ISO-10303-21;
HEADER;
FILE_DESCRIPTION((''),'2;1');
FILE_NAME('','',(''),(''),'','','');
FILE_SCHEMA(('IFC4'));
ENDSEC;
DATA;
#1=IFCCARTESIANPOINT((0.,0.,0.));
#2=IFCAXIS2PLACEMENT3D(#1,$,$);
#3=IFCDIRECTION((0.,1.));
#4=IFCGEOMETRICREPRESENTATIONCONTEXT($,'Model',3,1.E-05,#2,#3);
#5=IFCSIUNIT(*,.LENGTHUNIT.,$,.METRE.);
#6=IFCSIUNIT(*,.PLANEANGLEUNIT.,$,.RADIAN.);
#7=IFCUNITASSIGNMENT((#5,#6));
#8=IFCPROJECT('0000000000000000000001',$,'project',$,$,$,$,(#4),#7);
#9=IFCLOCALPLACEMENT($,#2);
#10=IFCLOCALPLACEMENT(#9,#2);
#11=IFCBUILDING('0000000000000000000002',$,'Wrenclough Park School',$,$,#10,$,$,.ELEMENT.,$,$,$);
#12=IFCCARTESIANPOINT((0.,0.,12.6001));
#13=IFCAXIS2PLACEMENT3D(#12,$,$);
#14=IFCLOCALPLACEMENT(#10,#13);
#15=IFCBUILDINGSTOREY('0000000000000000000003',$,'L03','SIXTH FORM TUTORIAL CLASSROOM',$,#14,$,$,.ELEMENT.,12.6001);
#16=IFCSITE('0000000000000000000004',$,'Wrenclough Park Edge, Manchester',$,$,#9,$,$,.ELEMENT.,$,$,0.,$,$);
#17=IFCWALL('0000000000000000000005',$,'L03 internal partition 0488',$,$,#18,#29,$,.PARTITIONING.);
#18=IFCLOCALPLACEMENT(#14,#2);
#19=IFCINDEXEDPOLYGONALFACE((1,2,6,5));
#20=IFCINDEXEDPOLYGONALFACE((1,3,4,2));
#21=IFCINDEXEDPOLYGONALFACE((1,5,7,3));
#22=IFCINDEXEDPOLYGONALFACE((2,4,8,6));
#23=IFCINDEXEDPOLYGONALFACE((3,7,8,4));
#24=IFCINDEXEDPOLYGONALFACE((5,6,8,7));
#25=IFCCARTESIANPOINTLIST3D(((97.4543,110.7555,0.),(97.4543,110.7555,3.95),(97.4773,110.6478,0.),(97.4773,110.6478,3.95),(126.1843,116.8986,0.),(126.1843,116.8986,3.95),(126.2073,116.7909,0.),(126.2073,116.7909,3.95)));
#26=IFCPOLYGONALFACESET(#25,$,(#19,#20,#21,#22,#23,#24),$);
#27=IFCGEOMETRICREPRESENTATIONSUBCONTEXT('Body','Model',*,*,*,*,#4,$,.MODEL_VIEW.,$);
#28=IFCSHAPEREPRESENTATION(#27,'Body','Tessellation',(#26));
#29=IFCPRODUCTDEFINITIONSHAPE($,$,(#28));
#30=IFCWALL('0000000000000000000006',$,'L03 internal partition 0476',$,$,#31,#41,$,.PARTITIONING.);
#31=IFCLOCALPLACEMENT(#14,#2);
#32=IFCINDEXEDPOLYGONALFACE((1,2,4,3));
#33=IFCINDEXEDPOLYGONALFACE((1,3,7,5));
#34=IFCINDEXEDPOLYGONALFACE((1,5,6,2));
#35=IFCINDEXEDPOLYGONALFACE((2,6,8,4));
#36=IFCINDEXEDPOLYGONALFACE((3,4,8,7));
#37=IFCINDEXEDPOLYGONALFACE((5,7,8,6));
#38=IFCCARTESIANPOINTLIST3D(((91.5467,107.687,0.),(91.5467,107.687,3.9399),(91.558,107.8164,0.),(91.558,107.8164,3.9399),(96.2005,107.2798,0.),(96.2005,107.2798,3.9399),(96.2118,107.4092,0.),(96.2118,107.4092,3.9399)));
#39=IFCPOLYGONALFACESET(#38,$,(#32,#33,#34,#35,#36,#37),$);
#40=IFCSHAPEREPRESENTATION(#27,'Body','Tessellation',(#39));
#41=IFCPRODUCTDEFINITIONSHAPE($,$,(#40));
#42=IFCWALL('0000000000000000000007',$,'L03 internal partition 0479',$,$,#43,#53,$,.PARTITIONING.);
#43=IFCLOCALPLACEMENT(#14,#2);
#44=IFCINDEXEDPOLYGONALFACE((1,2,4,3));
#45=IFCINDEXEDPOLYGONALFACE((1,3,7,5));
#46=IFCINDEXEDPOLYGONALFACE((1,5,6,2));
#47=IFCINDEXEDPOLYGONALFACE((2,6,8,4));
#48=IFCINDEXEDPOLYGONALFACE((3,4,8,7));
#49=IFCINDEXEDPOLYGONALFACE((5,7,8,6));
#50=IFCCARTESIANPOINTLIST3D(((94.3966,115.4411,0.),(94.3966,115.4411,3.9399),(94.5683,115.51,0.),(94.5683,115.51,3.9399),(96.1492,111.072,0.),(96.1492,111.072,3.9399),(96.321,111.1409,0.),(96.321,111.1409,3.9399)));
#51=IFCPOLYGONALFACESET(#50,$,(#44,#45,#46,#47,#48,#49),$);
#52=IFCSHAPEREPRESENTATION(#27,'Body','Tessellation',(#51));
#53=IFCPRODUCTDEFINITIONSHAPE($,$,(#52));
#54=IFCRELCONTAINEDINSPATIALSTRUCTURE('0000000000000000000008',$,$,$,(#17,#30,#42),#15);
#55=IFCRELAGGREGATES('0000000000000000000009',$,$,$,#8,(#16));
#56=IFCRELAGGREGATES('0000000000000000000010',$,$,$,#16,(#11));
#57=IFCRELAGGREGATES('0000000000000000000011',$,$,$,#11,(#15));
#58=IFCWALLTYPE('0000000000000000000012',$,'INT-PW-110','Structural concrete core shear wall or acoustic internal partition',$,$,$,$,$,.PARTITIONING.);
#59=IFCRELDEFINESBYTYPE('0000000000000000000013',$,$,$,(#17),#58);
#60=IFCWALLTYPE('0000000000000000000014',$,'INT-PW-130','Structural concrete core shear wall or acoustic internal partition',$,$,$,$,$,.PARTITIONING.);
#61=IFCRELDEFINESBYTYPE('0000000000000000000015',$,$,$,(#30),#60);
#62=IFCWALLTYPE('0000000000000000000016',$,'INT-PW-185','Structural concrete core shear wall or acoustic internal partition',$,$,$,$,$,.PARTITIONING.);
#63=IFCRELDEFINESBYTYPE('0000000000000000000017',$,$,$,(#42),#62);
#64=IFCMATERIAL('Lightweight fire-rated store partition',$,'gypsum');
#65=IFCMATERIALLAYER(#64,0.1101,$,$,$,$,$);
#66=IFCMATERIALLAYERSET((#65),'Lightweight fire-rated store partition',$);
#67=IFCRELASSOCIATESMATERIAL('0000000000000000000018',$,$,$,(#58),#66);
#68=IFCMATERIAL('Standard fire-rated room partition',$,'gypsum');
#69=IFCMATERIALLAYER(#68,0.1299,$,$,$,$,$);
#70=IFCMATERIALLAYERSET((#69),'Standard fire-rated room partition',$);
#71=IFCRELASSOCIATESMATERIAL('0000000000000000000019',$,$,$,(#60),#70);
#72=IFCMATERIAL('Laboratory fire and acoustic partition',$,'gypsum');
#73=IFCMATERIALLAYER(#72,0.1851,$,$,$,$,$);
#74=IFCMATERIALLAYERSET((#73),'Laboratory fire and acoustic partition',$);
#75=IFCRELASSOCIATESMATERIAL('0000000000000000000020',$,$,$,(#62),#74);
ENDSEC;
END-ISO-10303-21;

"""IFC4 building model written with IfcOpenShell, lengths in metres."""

from ifc_helpers import new_model, si_unit, direction, frame, frame_2d, origin, place, context, subcontext, project, spatial, rectangle, extrude, material, layer, layer_set, type_object, element, save


model = new_model("IFC4")

# Units and contexts
model_context = context("Model", 3, precision=1e-05, world=origin(), true_north=direction((0.0, 1.0)))
body_context = subcontext(model_context, "Body", "Model", "MODEL_VIEW")
ifc_project = project(units=[si_unit("LENGTHUNIT", "METRE"), si_unit("PLANEANGLEUNIT", "RADIAN")], contexts=[model_context])

# Site, building, storey
site_placement = place(None, origin())
site = spatial("IfcSite", under=ifc_project, at=site_placement, Name="Wrenclough Park Edge, Manchester", CompositionType="ELEMENT", RefElevation=0.0)
building_placement = place(site_placement, origin())
building = spatial("IfcBuilding", under=site, at=building_placement, Name="Wrenclough Park School", CompositionType="ELEMENT")
storey_placement = place(building_placement, frame((0.0, 0.0, 12.6001)))
storey = spatial("IfcBuildingStorey", under=building, at=storey_placement, Name="L03", Description="SIXTH FORM TUTORIAL CLASSROOM", CompositionType="ELEMENT", Elevation=12.6001)

# Walls
ifc_material_1 = material(Name="Lightweight fire-rated store partition", Category="gypsum")
ifc_layer_1 = layer(ifc_material_1, 0.1101)
ifc_layer_set_1 = layer_set([ifc_layer_1], Name="Lightweight fire-rated store partition")
wall_type_1 = type_object("IfcWallType", Name="INT-PW-110", Description="Structural concrete core shear wall or acoustic internal partition", PredefinedType="PARTITIONING", material=ifc_layer_set_1)
wall_1_placement = place(storey_placement, frame((97.4658, 110.7017, 0.0), z_axis=(0.0, 0.0, 1.0), x_axis=(0.977895, 0.209094, 0.0)))
element("IfcWall", 1, at=wall_1_placement, inside=storey, type_object=wall_type_1, Name="L03 internal partition 0488", PredefinedType="PARTITIONING", context=body_context, shape_type="SweptSolid", body=[
    extrude(rectangle(XDim=29.3794, YDim=0.1101, at=frame_2d((14.6897, 0.0))), origin(), (0.0, 0.0, 1.0), 3.95),
])
ifc_material_2 = material(Name="Standard fire-rated room partition", Category="gypsum")
ifc_layer_2 = layer(ifc_material_2, 0.1299)
ifc_layer_set_2 = layer_set([ifc_layer_2], Name="Standard fire-rated room partition")
wall_type_2 = type_object("IfcWallType", Name="INT-PW-130", Description="Structural concrete core shear wall or acoustic internal partition", PredefinedType="PARTITIONING", material=ifc_layer_set_2)
wall_2_placement = place(storey_placement, frame((96.2063, 107.3445, 0.0), z_axis=(0.0, 0.0, 1.0), x_axis=(-0.996193, 0.087171, 0.0)))
element("IfcWall", 2, at=wall_2_placement, inside=storey, type_object=wall_type_2, Name="L03 internal partition 0476", PredefinedType="PARTITIONING", context=body_context, shape_type="SweptSolid", body=[
    extrude(rectangle(XDim=4.6716, YDim=0.1299, at=frame_2d((2.3359, 0.0))), origin(), (0.0, 0.0, 1.0), 3.9399),
])
ifc_material_3 = material(Name="Laboratory fire and acoustic partition", Category="gypsum")
ifc_layer_3 = layer(ifc_material_3, 0.1851)
ifc_layer_set_3 = layer_set([ifc_layer_3], Name="Laboratory fire and acoustic partition")
wall_type_3 = type_object("IfcWallType", Name="INT-PW-185", Description="Structural concrete core shear wall or acoustic internal partition", PredefinedType="PARTITIONING", material=ifc_layer_set_3)
wall_3_placement = place(storey_placement, frame((96.2351, 111.1064, 0.0), z_axis=(0.0, 0.0, 1.0), x_axis=(-0.372311, 0.928108, 0.0)))
element("IfcWall", 3, at=wall_3_placement, inside=storey, type_object=wall_type_3, Name="L03 internal partition 0479", PredefinedType="PARTITIONING", context=body_context, shape_type="SweptSolid", body=[
    extrude(rectangle(XDim=4.7075, YDim=0.1851, at=frame_2d((2.3538, 0.0))), origin(), (0.0, 0.0, 1.0), 3.9399),
])

save(model, "model.ifc")
